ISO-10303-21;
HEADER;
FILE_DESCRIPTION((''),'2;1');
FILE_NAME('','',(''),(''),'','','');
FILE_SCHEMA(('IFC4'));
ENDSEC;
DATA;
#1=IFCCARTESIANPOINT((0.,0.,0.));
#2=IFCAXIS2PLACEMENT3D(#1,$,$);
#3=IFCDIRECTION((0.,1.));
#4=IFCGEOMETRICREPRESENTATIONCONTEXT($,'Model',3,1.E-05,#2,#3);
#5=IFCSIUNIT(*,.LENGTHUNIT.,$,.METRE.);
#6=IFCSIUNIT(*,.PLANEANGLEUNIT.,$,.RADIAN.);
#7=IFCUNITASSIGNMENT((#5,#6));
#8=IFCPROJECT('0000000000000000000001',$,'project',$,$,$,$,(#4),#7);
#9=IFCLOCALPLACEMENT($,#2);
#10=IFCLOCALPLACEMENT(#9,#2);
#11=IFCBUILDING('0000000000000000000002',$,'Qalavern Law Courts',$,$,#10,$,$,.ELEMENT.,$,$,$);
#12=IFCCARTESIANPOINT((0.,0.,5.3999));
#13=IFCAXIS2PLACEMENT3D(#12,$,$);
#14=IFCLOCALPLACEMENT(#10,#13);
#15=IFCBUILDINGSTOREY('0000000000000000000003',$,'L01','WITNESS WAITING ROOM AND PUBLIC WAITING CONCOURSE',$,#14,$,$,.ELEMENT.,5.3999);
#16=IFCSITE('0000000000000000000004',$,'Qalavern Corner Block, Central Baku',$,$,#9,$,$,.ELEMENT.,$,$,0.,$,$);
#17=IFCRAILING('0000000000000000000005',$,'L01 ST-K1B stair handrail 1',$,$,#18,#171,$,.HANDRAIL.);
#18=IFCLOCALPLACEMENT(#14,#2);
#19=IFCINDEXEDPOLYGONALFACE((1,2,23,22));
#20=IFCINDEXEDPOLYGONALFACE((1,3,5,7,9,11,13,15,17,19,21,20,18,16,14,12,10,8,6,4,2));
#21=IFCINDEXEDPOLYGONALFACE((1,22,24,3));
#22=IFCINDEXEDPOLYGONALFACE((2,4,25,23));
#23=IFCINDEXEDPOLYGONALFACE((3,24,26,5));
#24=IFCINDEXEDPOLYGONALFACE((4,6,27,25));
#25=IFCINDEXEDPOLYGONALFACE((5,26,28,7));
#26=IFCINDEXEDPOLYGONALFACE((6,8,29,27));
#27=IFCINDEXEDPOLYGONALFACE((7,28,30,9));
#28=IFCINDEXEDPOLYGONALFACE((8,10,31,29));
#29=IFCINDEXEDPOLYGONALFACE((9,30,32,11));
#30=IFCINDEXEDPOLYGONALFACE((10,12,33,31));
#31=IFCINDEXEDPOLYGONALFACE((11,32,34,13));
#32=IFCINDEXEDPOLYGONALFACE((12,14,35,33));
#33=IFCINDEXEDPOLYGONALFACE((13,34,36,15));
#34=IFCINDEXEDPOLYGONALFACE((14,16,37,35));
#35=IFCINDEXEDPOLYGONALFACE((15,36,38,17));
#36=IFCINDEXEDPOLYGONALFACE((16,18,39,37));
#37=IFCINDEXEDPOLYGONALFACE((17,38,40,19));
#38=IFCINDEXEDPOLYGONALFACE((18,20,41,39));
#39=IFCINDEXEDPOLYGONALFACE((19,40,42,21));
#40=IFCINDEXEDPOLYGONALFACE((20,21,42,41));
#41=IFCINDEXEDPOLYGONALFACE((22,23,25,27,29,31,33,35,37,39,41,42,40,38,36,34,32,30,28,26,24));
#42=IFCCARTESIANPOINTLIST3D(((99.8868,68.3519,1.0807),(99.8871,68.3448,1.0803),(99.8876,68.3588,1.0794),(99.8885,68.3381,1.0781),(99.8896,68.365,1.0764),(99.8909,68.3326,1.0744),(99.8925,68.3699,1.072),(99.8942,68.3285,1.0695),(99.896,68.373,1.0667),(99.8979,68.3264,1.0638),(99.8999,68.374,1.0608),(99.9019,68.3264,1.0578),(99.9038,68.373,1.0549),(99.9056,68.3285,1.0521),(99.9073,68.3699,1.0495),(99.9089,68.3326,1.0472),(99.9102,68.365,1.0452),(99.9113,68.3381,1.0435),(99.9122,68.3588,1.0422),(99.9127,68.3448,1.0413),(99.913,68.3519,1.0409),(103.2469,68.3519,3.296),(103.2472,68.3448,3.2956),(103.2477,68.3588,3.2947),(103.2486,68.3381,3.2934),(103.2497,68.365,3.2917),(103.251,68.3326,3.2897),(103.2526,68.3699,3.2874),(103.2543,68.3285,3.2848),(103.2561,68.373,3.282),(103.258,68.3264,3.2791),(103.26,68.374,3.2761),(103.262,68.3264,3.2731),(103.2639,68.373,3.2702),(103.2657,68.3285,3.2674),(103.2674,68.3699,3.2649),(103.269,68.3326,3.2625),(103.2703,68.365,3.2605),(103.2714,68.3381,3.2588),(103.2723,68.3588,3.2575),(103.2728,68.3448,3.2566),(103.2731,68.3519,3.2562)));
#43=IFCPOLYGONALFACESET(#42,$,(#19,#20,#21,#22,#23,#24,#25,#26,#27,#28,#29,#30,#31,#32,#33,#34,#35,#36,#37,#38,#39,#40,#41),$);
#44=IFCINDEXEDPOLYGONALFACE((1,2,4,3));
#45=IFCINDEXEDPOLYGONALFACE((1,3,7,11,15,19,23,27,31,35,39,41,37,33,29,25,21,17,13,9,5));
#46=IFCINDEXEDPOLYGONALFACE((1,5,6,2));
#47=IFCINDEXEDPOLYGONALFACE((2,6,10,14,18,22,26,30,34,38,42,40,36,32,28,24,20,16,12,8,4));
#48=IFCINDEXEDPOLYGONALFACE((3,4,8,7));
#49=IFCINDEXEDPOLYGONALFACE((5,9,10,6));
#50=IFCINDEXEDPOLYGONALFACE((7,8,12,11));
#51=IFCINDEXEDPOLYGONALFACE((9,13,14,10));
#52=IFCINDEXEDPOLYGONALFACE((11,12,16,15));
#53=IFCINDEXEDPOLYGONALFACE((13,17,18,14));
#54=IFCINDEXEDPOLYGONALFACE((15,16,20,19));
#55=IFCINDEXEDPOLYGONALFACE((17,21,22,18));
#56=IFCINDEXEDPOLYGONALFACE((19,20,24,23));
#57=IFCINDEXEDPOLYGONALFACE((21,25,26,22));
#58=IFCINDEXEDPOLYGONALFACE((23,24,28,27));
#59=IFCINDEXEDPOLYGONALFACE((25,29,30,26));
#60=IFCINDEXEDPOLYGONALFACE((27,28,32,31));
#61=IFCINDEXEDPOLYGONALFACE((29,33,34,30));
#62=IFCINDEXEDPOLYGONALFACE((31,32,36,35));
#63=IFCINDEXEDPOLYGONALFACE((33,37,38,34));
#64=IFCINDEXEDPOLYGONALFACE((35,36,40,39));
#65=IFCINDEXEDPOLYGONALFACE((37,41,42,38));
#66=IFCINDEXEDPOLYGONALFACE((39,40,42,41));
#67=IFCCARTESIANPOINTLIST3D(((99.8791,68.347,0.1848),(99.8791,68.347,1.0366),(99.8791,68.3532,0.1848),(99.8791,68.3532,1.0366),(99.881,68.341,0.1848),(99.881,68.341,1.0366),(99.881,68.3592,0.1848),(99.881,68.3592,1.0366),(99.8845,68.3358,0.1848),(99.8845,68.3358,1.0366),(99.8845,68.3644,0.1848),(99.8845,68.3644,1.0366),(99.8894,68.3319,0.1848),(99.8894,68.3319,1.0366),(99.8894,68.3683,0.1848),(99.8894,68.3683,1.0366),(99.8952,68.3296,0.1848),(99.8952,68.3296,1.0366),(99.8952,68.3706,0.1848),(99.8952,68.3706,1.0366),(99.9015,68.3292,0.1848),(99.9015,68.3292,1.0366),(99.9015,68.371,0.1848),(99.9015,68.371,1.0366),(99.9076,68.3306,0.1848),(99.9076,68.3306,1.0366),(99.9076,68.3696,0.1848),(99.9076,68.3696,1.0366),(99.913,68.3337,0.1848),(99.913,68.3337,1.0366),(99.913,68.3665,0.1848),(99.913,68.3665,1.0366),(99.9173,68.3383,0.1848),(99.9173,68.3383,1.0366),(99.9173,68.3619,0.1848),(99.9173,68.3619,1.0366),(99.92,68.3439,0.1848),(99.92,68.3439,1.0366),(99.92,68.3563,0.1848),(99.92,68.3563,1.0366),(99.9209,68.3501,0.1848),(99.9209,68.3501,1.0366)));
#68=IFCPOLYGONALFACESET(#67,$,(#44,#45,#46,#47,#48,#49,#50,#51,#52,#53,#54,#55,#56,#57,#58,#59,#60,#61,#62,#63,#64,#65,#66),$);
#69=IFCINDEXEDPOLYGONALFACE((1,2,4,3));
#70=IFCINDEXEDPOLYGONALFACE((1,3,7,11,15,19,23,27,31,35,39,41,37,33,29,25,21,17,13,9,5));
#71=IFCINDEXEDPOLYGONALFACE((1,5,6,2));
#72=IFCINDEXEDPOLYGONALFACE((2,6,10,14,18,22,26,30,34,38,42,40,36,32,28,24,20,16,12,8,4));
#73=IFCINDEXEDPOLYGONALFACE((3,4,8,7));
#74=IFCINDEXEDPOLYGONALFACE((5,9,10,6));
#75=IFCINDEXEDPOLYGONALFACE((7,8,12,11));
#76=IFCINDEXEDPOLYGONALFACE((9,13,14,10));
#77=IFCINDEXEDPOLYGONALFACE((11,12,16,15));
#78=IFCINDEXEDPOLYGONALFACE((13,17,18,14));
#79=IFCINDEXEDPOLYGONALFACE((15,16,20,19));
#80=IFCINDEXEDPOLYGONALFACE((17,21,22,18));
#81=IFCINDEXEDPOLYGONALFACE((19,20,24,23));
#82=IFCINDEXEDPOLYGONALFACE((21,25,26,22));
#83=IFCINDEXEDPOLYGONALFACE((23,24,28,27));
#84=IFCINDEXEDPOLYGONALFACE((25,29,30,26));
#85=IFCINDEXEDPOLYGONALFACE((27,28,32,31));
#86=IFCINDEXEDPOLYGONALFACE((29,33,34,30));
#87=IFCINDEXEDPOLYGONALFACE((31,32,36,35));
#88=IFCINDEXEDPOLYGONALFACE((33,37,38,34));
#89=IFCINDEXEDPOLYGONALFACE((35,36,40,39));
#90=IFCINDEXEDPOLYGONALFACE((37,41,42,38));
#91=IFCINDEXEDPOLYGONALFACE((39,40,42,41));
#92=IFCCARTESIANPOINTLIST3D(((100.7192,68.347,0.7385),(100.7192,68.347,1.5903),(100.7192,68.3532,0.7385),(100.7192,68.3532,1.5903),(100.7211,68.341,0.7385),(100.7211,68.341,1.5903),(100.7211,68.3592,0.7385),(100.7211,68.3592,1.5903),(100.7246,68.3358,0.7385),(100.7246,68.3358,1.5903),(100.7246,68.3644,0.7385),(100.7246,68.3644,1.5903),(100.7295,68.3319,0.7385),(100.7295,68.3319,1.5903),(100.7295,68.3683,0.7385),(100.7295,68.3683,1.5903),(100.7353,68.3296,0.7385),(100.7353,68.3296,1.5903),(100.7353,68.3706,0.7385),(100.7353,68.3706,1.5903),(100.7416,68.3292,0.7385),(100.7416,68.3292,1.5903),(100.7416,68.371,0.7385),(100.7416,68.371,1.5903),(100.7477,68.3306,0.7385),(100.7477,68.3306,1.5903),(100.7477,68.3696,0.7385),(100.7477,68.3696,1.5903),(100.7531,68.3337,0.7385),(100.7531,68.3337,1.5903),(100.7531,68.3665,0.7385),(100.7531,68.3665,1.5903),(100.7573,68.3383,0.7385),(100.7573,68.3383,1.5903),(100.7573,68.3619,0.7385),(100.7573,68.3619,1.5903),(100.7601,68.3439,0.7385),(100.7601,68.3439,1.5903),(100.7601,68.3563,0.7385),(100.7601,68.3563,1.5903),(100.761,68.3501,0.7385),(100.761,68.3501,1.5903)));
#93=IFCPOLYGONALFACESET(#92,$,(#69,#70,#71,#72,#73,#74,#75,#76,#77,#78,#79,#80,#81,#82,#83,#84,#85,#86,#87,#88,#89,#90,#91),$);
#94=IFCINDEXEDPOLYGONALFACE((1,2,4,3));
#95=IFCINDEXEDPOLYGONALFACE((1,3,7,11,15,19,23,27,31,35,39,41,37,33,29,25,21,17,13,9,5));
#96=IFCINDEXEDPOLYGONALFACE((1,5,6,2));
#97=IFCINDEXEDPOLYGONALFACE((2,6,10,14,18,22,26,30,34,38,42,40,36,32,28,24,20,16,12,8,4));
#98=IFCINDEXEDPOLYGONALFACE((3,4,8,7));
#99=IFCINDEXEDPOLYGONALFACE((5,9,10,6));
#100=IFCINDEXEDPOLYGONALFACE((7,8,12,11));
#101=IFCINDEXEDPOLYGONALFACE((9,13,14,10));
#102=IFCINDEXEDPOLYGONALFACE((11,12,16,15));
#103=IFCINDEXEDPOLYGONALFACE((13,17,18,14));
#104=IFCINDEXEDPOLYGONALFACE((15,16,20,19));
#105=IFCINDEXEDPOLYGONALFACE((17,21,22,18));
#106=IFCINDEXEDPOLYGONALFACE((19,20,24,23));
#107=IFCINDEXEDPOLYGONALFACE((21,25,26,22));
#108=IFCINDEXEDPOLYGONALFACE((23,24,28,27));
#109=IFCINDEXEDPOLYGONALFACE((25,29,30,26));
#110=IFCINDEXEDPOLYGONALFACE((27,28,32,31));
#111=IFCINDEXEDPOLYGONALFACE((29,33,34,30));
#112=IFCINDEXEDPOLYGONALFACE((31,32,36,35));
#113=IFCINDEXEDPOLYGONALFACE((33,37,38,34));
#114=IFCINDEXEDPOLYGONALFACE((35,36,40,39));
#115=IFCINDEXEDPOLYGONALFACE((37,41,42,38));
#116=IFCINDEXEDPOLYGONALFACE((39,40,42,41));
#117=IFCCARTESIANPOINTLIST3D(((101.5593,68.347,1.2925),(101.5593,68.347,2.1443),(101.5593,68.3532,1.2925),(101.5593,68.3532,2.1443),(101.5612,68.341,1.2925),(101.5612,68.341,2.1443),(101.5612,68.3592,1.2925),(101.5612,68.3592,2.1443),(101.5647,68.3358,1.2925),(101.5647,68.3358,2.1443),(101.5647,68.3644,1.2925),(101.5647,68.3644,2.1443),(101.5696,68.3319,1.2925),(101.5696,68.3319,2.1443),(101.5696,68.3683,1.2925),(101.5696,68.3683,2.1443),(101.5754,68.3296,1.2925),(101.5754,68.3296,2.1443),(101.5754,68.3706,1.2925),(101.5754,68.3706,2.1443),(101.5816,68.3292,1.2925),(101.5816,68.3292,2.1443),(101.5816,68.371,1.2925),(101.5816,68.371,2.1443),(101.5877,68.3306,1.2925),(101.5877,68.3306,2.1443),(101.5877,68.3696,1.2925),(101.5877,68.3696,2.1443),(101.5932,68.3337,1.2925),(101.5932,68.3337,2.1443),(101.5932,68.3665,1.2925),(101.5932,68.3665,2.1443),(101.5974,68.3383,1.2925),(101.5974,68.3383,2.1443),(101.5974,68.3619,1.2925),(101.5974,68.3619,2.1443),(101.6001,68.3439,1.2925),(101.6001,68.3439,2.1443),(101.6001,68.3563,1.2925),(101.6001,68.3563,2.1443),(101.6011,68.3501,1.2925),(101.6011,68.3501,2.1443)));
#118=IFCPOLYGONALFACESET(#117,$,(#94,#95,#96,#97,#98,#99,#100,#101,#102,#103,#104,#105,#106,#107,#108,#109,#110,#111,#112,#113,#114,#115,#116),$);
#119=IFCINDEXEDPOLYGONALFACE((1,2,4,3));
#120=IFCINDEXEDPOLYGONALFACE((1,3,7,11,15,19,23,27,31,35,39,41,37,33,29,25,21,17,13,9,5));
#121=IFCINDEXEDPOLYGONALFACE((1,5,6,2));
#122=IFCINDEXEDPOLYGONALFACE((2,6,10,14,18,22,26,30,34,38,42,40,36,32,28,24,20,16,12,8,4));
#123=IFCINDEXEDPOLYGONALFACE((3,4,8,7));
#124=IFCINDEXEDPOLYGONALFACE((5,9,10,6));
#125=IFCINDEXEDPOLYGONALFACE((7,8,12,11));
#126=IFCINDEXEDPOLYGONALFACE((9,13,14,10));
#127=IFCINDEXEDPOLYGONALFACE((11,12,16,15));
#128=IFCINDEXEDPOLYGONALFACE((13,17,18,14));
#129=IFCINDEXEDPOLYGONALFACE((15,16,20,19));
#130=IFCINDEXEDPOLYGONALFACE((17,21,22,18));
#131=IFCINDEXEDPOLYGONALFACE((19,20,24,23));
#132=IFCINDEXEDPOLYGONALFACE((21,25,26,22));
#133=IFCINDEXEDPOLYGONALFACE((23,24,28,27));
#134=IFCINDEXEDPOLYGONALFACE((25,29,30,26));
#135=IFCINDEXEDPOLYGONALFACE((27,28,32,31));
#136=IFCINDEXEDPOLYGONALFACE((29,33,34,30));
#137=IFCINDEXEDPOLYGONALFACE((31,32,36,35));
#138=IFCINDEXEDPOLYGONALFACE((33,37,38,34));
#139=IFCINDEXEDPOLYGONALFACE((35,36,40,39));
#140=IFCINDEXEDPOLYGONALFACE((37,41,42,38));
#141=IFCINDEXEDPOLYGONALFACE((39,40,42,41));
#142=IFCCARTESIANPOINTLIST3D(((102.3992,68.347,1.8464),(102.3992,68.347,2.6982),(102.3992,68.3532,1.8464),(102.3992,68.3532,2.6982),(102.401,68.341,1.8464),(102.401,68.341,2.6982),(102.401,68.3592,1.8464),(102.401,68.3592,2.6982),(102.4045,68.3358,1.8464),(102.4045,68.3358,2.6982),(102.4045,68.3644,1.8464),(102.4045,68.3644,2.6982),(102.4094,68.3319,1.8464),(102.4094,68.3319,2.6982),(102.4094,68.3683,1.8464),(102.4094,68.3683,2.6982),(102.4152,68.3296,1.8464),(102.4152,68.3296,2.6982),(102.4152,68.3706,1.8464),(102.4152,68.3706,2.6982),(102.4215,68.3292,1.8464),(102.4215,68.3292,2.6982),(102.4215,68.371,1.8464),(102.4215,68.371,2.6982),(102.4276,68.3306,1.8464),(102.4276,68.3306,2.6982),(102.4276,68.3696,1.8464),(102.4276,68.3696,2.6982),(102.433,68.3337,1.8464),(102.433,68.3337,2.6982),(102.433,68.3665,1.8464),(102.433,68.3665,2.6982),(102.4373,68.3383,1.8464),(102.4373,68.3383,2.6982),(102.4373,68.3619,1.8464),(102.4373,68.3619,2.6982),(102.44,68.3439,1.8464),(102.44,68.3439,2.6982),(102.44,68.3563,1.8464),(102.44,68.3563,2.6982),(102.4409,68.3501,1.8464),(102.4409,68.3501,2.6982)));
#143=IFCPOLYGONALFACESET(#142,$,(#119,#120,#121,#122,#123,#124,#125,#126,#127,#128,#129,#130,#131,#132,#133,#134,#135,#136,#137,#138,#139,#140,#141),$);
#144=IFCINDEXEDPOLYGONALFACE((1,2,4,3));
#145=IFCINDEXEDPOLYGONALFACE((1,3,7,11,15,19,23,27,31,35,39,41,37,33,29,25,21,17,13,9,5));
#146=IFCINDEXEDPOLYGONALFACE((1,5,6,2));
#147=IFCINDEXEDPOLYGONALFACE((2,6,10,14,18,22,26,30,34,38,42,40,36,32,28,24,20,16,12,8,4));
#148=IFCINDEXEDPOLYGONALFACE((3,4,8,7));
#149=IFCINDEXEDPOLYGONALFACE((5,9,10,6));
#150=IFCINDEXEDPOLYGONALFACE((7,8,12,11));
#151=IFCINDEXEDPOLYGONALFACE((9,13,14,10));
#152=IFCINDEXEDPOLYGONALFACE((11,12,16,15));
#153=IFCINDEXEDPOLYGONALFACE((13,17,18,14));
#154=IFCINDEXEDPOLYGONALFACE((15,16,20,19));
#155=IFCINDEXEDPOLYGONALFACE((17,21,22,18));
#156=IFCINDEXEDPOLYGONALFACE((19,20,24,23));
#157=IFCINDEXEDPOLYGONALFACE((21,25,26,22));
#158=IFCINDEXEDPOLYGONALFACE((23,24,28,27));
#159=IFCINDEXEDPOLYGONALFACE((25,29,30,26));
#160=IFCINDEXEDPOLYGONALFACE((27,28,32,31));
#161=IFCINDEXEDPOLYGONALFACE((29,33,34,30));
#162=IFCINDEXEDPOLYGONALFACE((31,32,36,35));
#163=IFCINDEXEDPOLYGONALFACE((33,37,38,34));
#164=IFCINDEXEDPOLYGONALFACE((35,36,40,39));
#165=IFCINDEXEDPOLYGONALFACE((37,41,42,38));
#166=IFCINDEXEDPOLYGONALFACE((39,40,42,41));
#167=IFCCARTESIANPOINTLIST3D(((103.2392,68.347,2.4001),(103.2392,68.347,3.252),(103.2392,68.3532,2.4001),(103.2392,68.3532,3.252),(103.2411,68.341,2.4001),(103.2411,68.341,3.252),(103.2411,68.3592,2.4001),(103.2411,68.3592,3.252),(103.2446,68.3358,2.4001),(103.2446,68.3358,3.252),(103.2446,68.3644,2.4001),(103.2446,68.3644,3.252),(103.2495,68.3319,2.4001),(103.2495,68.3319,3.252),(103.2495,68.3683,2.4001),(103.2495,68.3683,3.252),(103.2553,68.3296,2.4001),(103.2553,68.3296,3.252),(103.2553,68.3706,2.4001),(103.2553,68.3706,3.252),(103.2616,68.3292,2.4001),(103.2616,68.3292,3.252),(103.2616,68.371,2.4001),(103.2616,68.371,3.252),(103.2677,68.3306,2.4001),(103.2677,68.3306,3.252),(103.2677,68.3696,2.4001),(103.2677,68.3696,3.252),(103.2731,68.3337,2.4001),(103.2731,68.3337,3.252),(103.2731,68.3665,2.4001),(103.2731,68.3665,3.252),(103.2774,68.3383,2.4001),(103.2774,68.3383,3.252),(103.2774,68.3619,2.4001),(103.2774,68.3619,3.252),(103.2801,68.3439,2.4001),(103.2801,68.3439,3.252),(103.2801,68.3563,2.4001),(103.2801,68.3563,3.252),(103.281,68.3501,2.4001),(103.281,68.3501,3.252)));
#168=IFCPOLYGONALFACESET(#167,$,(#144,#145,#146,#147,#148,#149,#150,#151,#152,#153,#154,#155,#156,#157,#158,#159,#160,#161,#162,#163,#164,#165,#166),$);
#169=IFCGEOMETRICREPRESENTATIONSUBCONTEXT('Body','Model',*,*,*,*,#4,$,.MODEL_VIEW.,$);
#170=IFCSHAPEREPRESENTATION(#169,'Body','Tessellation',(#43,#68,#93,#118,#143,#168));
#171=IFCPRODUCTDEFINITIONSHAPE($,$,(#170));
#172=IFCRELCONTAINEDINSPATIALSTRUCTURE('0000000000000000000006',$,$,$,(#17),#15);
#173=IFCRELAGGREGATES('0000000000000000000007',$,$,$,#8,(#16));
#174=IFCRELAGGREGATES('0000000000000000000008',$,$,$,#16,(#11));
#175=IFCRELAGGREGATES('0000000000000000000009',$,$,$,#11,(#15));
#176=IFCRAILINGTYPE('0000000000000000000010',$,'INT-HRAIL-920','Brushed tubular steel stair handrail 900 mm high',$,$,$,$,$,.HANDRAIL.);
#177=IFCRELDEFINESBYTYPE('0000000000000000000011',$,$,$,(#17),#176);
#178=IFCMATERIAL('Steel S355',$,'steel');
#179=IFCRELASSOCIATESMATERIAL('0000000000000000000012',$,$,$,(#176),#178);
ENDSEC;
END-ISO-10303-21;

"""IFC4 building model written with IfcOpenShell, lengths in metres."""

from ifc_helpers import new_model, si_unit, direction, frame, origin, origin_2d, place, context, subcontext, project, spatial, circle, extrude, material, type_object, element, save


model = new_model("IFC4")

# Units and contexts
model_context = context("Model", 3, precision=1e-05, world=origin(), true_north=direction((0.0, 1.0)))
body_context = subcontext(model_context, "Body", "Model", "MODEL_VIEW")
ifc_project = project(units=[si_unit("LENGTHUNIT", "METRE"), si_unit("PLANEANGLEUNIT", "RADIAN")], contexts=[model_context])

# Site, building, storey
site_placement = place(None, origin())
site = spatial("IfcSite", under=ifc_project, at=site_placement, Name="Qalavern Corner Block, Central Baku", CompositionType="ELEMENT", RefElevation=0.0)
building_placement = place(site_placement, origin())
building = spatial("IfcBuilding", under=site, at=building_placement, Name="Qalavern Law Courts", CompositionType="ELEMENT")
storey_placement = place(building_placement, frame((0.0, 0.0, 5.3999)))
storey = spatial("IfcBuildingStorey", under=building, at=storey_placement, Name="L01", Description="WITNESS WAITING ROOM AND PUBLIC WAITING CONCOURSE", CompositionType="ELEMENT", Elevation=5.3999)

# Shared definitions
ifc_material_1 = material(Name="Steel S355", Category="steel")

# Railing
railing_type_1 = type_object("IfcRailingType", Name="INT-HRAIL-920", Description="Brushed tubular steel stair handrail 900 mm high", PredefinedType="HANDRAIL", material=ifc_material_1)
railing_1_placement = place(storey_placement, frame((99.8999, 68.3501, 0.1848)))
element("IfcRailing", 1, at=railing_1_placement, inside=storey, type_object=railing_type_1, Name="L01 ST-K1B stair handrail 1", PredefinedType="HANDRAIL", context=body_context, shape_type="SweptSolid", body=[
    extrude(circle(Radius=0.0239, at=origin_2d()), frame((0.0, 0.0, 0.876), z_axis=(0.834876, 0.0, 0.550437), x_axis=(0.0, 1.0, 0.0)), (0.0, 0.0, 1.0), 4.0247),
    extrude(circle(Radius=0.021, at=origin_2d()), origin(), (0.0, 0.0, 1.0), 0.8518),
    extrude(circle(Radius=0.021, at=origin_2d()), frame((0.8401, 0.0, 0.5537)), (0.0, 0.0, 1.0), 0.8518),
    extrude(circle(Radius=0.021, at=origin_2d()), frame((1.6802, 0.0, 1.1077)), (0.0, 0.0, 1.0), 0.8518),
    extrude(circle(Radius=0.021, at=origin_2d()), frame((2.52, 0.0, 1.6616)), (0.0, 0.0, 1.0), 0.8518),
    extrude(circle(Radius=0.021, at=origin_2d()), frame((3.3601, 0.0, 2.2153)), (0.0, 0.0, 1.0), 0.8518),
])

save(model, "model.ifc")
